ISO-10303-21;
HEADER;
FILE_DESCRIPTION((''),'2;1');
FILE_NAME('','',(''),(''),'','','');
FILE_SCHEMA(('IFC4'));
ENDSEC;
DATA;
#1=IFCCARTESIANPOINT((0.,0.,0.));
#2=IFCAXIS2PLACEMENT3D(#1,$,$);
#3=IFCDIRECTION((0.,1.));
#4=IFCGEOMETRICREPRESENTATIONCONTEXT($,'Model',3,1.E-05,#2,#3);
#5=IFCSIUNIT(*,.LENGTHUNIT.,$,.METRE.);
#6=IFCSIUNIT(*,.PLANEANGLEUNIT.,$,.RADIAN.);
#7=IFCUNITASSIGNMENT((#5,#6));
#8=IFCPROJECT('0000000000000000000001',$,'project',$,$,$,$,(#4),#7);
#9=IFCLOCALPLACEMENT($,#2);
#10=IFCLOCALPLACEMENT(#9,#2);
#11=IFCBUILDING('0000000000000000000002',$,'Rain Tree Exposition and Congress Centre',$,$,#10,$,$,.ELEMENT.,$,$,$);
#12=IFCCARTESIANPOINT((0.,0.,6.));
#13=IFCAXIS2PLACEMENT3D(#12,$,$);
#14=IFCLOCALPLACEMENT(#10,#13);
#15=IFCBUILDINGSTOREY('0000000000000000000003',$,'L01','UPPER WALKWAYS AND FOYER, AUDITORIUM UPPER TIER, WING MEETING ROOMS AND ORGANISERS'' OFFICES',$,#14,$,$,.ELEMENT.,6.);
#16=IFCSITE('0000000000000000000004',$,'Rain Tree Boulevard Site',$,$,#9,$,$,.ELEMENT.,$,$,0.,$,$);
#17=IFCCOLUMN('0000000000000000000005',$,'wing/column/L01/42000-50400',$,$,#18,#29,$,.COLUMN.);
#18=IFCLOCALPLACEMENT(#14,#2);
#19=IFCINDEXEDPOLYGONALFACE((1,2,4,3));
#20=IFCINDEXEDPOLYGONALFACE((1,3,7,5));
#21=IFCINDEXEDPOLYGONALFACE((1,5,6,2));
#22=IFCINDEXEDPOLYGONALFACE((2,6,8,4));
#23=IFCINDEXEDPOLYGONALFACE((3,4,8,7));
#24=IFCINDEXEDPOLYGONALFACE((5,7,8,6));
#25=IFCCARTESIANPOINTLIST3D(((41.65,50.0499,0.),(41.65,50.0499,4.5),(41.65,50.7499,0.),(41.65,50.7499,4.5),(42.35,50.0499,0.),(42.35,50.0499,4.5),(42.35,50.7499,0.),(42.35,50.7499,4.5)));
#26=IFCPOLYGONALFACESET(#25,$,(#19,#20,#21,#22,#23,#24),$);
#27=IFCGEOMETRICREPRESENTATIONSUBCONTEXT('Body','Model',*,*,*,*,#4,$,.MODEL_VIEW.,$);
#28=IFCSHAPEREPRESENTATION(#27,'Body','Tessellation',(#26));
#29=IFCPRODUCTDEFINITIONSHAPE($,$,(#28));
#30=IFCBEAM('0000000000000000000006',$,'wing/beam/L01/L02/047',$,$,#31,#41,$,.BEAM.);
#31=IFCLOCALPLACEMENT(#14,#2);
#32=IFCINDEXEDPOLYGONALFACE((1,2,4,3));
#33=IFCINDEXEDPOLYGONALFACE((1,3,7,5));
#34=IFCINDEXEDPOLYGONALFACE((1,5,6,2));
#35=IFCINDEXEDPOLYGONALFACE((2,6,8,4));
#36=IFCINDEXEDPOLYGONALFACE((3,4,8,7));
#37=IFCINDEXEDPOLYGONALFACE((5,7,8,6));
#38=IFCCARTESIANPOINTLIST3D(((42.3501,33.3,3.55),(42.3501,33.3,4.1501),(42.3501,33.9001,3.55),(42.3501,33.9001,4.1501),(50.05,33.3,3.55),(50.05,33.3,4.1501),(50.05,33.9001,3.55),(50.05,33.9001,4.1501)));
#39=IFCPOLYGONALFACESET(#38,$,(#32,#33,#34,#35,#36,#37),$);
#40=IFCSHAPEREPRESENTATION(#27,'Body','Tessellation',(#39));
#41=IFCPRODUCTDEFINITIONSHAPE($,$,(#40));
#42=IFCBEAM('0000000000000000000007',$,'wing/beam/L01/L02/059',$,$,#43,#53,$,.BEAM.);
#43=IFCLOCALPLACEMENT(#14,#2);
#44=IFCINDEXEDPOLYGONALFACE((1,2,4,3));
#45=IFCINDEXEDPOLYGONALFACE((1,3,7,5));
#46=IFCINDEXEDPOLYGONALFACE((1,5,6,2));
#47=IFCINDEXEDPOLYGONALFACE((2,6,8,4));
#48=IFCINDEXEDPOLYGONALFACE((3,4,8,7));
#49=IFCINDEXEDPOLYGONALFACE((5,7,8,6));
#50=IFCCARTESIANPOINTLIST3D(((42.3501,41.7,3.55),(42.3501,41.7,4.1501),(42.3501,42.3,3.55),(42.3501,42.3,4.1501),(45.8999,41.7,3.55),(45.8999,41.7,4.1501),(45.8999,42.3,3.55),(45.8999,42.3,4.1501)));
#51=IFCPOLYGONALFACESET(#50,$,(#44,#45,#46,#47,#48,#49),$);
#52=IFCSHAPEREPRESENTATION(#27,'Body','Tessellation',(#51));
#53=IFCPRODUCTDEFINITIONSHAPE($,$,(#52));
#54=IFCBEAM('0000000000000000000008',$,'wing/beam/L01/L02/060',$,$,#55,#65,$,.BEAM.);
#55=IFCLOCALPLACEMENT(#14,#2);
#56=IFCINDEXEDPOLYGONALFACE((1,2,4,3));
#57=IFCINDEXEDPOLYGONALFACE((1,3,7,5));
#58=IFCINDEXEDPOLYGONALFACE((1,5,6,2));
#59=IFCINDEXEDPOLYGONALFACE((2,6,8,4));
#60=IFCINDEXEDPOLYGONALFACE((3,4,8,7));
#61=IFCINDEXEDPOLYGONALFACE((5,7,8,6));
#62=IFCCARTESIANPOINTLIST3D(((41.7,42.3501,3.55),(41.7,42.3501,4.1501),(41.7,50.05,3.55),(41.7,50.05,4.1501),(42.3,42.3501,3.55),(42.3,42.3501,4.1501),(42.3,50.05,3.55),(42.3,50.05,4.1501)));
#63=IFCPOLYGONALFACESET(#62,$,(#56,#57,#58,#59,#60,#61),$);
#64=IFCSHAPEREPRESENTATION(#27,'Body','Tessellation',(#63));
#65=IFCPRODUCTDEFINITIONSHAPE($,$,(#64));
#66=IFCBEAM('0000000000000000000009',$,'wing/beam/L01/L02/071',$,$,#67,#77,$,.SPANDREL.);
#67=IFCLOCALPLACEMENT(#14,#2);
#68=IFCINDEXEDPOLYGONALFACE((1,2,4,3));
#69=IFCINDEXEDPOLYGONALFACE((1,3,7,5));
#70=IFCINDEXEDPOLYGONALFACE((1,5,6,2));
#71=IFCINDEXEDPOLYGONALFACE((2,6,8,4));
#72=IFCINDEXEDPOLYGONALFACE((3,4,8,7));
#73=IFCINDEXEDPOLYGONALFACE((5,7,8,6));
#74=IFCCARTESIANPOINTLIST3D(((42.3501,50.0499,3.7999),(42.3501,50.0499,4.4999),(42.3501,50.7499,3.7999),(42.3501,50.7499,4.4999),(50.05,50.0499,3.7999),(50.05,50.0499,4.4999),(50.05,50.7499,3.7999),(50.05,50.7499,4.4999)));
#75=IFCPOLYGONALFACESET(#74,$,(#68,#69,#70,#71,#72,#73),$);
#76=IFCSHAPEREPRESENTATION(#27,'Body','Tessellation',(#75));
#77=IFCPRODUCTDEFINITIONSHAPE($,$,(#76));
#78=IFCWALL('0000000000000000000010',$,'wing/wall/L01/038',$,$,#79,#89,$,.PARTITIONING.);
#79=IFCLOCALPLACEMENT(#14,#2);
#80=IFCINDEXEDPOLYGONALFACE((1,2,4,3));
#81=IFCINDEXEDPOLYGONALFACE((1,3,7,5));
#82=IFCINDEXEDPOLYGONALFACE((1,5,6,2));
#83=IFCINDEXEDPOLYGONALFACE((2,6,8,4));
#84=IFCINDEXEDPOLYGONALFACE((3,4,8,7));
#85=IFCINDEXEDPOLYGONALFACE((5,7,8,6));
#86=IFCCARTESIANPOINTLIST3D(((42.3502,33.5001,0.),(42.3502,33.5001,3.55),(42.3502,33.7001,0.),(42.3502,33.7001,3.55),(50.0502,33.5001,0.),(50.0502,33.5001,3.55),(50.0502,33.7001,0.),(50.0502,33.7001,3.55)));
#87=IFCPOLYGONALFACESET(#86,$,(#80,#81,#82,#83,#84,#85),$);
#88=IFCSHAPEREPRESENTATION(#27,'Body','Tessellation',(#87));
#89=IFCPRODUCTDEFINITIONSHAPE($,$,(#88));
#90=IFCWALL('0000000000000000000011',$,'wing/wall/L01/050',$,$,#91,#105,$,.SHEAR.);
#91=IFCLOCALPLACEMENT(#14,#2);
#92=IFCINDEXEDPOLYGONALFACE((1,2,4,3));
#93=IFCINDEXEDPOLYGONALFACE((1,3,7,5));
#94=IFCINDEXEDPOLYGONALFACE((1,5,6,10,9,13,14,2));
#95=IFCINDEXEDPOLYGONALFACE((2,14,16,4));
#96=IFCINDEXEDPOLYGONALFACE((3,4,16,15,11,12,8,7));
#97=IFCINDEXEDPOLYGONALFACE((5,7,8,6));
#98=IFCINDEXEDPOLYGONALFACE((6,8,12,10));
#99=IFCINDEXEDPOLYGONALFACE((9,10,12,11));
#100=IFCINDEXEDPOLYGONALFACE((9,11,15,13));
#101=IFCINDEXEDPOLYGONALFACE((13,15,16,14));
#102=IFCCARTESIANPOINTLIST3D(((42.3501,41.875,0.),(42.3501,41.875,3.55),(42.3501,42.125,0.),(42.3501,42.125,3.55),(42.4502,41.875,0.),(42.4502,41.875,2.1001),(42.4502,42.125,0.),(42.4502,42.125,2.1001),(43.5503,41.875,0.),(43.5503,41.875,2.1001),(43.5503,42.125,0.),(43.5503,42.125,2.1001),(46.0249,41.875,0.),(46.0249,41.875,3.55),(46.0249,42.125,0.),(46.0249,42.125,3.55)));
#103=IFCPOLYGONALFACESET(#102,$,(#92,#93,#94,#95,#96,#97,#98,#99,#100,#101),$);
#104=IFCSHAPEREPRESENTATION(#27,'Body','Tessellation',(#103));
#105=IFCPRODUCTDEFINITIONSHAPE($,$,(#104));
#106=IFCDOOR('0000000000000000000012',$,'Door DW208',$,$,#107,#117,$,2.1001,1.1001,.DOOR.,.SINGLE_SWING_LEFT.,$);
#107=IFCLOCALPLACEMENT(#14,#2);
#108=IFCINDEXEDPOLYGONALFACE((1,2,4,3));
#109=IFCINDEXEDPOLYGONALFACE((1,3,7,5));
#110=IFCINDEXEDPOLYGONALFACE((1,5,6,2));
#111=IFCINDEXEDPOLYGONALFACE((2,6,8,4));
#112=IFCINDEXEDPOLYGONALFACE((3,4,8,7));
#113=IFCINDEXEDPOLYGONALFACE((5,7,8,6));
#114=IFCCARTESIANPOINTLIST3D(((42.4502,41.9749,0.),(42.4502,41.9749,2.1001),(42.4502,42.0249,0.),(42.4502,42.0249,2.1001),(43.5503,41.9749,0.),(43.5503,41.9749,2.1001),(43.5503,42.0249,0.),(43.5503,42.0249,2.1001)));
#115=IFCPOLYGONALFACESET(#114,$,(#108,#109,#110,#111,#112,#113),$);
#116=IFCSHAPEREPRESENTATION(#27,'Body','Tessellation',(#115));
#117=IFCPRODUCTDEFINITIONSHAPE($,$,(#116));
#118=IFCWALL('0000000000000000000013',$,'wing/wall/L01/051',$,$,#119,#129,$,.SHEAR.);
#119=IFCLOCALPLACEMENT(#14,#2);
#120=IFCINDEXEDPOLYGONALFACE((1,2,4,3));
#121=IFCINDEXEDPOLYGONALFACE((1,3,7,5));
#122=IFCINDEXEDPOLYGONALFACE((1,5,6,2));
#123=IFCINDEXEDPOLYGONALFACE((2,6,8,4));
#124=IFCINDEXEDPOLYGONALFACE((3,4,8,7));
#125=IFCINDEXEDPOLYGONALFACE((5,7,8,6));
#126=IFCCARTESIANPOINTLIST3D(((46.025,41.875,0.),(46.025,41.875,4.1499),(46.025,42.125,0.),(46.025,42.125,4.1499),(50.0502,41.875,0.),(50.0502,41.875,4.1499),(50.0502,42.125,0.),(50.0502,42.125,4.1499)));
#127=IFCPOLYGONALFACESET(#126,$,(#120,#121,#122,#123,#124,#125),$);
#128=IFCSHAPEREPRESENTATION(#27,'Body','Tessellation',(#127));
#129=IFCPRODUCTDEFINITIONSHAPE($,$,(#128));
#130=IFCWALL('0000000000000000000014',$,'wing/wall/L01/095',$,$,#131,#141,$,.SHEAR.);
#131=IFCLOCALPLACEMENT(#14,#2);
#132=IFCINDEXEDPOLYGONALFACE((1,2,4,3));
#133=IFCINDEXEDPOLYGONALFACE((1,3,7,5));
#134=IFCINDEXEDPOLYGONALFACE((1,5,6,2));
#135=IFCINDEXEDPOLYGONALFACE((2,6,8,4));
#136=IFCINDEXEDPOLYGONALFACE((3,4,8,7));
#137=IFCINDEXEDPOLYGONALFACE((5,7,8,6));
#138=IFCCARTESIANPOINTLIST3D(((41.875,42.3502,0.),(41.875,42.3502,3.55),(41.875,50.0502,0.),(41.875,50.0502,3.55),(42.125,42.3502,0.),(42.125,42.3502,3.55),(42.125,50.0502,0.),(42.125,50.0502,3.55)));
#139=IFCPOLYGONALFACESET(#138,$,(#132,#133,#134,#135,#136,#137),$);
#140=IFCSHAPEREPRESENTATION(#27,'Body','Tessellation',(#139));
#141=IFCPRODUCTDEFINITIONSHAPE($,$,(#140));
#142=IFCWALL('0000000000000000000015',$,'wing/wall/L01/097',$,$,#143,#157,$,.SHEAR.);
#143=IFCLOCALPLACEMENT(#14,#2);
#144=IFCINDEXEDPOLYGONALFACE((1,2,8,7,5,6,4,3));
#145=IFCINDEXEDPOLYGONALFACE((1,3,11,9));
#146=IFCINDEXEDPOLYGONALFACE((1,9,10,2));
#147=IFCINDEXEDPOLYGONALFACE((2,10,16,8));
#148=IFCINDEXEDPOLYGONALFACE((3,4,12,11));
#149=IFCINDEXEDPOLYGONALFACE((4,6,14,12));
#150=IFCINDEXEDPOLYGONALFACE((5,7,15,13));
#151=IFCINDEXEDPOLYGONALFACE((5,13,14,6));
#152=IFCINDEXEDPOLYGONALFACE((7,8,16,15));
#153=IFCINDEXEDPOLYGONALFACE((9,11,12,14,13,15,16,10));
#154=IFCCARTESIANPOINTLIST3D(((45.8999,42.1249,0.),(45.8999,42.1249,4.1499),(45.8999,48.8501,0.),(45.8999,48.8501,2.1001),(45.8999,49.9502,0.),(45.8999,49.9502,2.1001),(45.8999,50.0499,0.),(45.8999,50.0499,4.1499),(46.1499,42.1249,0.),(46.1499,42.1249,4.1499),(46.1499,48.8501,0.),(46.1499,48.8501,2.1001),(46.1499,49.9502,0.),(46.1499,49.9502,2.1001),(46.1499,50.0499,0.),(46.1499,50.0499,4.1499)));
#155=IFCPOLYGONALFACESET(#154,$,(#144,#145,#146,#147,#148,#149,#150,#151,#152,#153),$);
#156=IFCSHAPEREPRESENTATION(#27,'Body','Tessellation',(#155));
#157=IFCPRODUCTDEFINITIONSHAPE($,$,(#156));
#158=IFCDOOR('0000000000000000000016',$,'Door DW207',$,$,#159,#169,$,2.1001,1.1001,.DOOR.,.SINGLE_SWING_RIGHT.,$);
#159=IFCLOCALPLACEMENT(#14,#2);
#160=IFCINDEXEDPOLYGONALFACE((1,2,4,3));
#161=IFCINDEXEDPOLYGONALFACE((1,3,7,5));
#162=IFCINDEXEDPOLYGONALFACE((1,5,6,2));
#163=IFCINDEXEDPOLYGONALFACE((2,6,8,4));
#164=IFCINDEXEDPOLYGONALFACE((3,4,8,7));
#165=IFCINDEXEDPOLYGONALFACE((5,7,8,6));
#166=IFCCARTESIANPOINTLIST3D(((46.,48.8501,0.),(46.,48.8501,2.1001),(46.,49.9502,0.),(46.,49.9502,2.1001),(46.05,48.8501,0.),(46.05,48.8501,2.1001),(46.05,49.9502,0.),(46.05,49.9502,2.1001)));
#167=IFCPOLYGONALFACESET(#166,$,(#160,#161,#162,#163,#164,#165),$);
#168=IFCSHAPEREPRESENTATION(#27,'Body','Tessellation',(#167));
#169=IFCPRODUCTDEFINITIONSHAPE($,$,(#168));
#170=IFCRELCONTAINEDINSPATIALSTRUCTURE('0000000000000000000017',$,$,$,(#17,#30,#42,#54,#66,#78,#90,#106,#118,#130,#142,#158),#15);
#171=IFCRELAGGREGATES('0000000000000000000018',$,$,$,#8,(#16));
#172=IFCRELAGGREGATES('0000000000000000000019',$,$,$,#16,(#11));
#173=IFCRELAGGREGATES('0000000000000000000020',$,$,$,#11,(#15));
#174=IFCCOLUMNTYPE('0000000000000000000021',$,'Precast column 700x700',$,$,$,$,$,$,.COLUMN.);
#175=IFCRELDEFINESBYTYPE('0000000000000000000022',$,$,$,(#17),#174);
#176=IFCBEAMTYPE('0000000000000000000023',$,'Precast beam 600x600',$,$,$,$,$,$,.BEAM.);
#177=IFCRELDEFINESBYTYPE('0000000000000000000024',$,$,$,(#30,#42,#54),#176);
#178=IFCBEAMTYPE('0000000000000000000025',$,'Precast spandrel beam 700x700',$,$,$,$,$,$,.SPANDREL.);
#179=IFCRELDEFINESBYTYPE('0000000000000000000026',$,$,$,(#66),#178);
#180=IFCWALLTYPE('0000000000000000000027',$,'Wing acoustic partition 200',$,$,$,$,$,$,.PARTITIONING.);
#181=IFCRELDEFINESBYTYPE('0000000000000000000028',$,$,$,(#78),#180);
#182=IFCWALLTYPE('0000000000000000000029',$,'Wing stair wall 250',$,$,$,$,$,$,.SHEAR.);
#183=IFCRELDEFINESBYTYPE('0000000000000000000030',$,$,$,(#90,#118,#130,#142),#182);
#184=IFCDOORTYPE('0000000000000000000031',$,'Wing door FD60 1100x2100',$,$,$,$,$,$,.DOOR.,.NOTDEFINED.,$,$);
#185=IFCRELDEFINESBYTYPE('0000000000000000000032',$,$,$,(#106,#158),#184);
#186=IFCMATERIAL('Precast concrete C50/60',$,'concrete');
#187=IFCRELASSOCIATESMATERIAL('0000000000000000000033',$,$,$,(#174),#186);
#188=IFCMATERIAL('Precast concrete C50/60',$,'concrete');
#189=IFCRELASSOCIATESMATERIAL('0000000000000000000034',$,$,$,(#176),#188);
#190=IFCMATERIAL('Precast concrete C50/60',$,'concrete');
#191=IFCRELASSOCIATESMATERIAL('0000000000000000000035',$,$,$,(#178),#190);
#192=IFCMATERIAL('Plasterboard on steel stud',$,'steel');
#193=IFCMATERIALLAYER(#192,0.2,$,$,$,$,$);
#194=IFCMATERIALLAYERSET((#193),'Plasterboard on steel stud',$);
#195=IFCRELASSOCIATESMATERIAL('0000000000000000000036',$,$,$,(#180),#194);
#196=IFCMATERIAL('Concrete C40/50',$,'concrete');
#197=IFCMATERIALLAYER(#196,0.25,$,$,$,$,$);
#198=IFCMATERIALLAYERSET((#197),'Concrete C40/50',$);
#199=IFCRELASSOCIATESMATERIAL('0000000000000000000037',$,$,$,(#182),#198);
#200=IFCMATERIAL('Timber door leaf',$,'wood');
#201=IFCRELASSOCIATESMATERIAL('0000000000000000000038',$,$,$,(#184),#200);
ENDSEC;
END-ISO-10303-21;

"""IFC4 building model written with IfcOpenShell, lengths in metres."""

from ifc_helpers import new_model, si_unit, direction, frame, frame_2d, origin, origin_2d, place, context, subcontext, project, spatial, rectangle, extrude, material, layer, layer_set, material_profile, profile_set, type_object, element, fill, save


model = new_model("IFC4")

# Units and contexts
model_context = context("Model", 3, precision=1e-05, world=origin(), true_north=direction((0.0, 1.0)))
body_context = subcontext(model_context, "Body", "Model", "MODEL_VIEW")
ifc_project = project(units=[si_unit("LENGTHUNIT", "METRE"), si_unit("PLANEANGLEUNIT", "RADIAN")], contexts=[model_context])

# Site, building, storey
site_placement = place(None, origin())
site = spatial("IfcSite", under=ifc_project, at=site_placement, Name="Rain Tree Boulevard Site", CompositionType="ELEMENT", RefElevation=0.0)
building_placement = place(site_placement, origin())
building = spatial("IfcBuilding", under=site, at=building_placement, Name="Rain Tree Exposition and Congress Centre", CompositionType="ELEMENT")
storey_placement = place(building_placement, frame((0.0, 0.0, 6.0)))
storey = spatial("IfcBuildingStorey", under=building, at=storey_placement, Name="L01", Description="UPPER WALKWAYS AND FOYER, AUDITORIUM UPPER TIER, WING MEETING ROOMS AND ORGANISERS' OFFICES", CompositionType="ELEMENT", Elevation=6.0)

# Column
ifc_material_1 = material(Name="Precast concrete C50/60", Category="concrete")
ifc_material_profile_1 = material_profile(ifc_material_1, rectangle(XDim=0.7, YDim=0.7, at=origin_2d()), Name="RC 700x700")
ifc_profile_set_1 = profile_set([ifc_material_profile_1], Name="Precast concrete C50/60")
column_type = type_object("IfcColumnType", Name="Precast column 700x700", PredefinedType="COLUMN", material=ifc_profile_set_1)
column_placement = place(storey_placement, frame((42.0, 50.3999, 0.0), z_axis=(0.0, 0.0, 1.0), x_axis=(1.0, 0.0, 0.0)))
element("IfcColumn", 1, at=column_placement, inside=storey, type_object=column_type, Name="wing/column/L01/42000-50400", PredefinedType="COLUMN", context=body_context, shape_type="SweptSolid", body=[
    extrude(rectangle(XDim=0.7, YDim=0.7, at=origin_2d()), origin(), (0.0, 0.0, 1.0), 4.5),
])

# Beams
ifc_material_2 = material(Name="Precast concrete C50/60", Category="concrete")
ifc_material_profile_2 = material_profile(ifc_material_2, rectangle(XDim=0.6001, YDim=0.6001, at=origin_2d()), Name="RC 600x600")
ifc_profile_set_2 = profile_set([ifc_material_profile_2], Name="Precast concrete C50/60")
beam_type_1 = type_object("IfcBeamType", Name="Precast beam 600x600", PredefinedType="BEAM", material=ifc_profile_set_2)
beam_1_placement = place(storey_placement, frame((42.3501, 33.6001, 3.8501), z_axis=(1.0, 0.0, 0.0), x_axis=(0.0, 1.0, 0.0)))
element("IfcBeam", 2, at=beam_1_placement, inside=storey, type_object=beam_type_1, Name="wing/beam/L01/L02/047", PredefinedType="BEAM", context=body_context, shape_type="SweptSolid", body=[
    extrude(rectangle(XDim=0.6001, YDim=0.6001, at=origin_2d()), origin(), (0.0, 0.0, 1.0), 7.7),
])
beam_2_placement = place(storey_placement, frame((42.3501, 42.0, 3.8501), z_axis=(1.0, 0.0, 0.0), x_axis=(0.0, 1.0, 0.0)))
element("IfcBeam", 3, at=beam_2_placement, inside=storey, type_object=beam_type_1, Name="wing/beam/L01/L02/059", PredefinedType="BEAM", context=body_context, shape_type="SweptSolid", body=[
    extrude(rectangle(XDim=0.6001, YDim=0.6001, at=origin_2d()), origin(), (0.0, 0.0, 1.0), 3.5498),
])
beam_3_placement = place(storey_placement, frame((42.0, 42.3501, 3.8501), z_axis=(0.0, 1.0, 0.0), x_axis=(-1.0, 0.0, 0.0)))
element("IfcBeam", 4, at=beam_3_placement, inside=storey, type_object=beam_type_1, Name="wing/beam/L01/L02/060", PredefinedType="BEAM", context=body_context, shape_type="SweptSolid", body=[
    extrude(rectangle(XDim=0.6001, YDim=0.6001, at=origin_2d()), origin(), (0.0, 0.0, 1.0), 7.7),
])
ifc_material_3 = material(Name="Precast concrete C50/60", Category="concrete")
ifc_material_profile_3 = material_profile(ifc_material_3, rectangle(XDim=0.7, YDim=0.7, at=origin_2d()), Name="RC 700x700")
ifc_profile_set_3 = profile_set([ifc_material_profile_3], Name="Precast concrete C50/60")
beam_type_2 = type_object("IfcBeamType", Name="Precast spandrel beam 700x700", PredefinedType="SPANDREL", material=ifc_profile_set_3)
beam_4_placement = place(storey_placement, frame((42.3501, 50.3999, 4.1499), z_axis=(1.0, 0.0, 0.0), x_axis=(0.0, 1.0, 0.0)))
element("IfcBeam", 5, at=beam_4_placement, inside=storey, type_object=beam_type_2, Name="wing/beam/L01/L02/071", PredefinedType="SPANDREL", context=body_context, shape_type="SweptSolid", body=[
    extrude(rectangle(XDim=0.7, YDim=0.7, at=origin_2d()), origin(), (0.0, 0.0, 1.0), 7.7),
])

# Wall
ifc_material_4 = material(Name="Plasterboard on steel stud", Category="steel")
ifc_layer_1 = layer(ifc_material_4, 0.2)
ifc_layer_set_1 = layer_set([ifc_layer_1], Name="Plasterboard on steel stud")
wall_type_1 = type_object("IfcWallType", Name="Wing acoustic partition 200", PredefinedType="PARTITIONING", material=ifc_layer_set_1)
wall_1_placement = place(storey_placement, frame((42.3501, 33.6001, 0.0), z_axis=(0.0, 0.0, 1.0), x_axis=(1.0, 0.0, 0.0)))
element("IfcWall", 6, at=wall_1_placement, inside=storey, type_object=wall_type_1, Name="wing/wall/L01/038", PredefinedType="PARTITIONING", context=body_context, shape_type="SweptSolid", body=[
    extrude(rectangle(XDim=7.7, YDim=0.2, at=frame_2d((3.8501, 0.0))), origin(), (0.0, 0.0, 1.0), 3.55),
])

# Wall, opening, door
ifc_material_5 = material(Name="Concrete C40/50", Category="concrete")
ifc_layer_2 = layer(ifc_material_5, 0.25)
ifc_layer_set_2 = layer_set([ifc_layer_2], Name="Concrete C40/50")
wall_type_2 = type_object("IfcWallType", Name="Wing stair wall 250", PredefinedType="SHEAR", material=ifc_layer_set_2)
wall_2_placement = place(storey_placement, frame((42.3501, 42.0, 0.0), z_axis=(0.0, 0.0, 1.0), x_axis=(1.0, 0.0, 0.0)))
wall_2 = element("IfcWall", 7, at=wall_2_placement, inside=storey, type_object=wall_type_2, Name="wing/wall/L01/050", PredefinedType="SHEAR", context=body_context, shape_type="SweptSolid", body=[
    extrude(rectangle(XDim=3.6748, YDim=0.25, at=frame_2d((1.8374, 0.0))), origin(), (0.0, 0.0, 1.0), 3.55),
])
opening_1_placement = place(wall_2_placement, frame((0.1001, 0.0, 0.0)))
opening_1 = element("IfcOpeningElement", 8, at=opening_1_placement, cuts=wall_2, PredefinedType="OPENING", context=body_context, shape_type="SweptSolid", body=[
    extrude(rectangle(XDim=1.1001, YDim=2.1001, at=frame_2d((0.55, 1.05))), frame((0.0, 0.125, 0.0), z_axis=(0.0, -1.0, 0.0), x_axis=(1.0, 0.0, 0.0)), (0.0, 0.0, 1.0), 0.25),
])
ifc_material_6 = material(Name="Timber door leaf", Category="wood")
door_type = type_object("IfcDoorType", Name="Wing door FD60 1100x2100", OperationType="NOTDEFINED", PredefinedType="DOOR", material=ifc_material_6)
door_1_placement = place(opening_1_placement, origin())
door_1 = element("IfcDoor", 9, at=door_1_placement, inside=storey, type_object=door_type, Name="Door DW208", OperationType="SINGLE_SWING_LEFT", OverallHeight=2.1001, OverallWidth=1.1001, PredefinedType="DOOR", context=body_context, shape_type="SweptSolid", body=[
    extrude(rectangle(XDim=1.1001, YDim=2.1001, at=frame_2d((0.55, 1.05))), frame((0.0, 0.0249, 0.0), z_axis=(0.0, -1.0, 0.0), x_axis=(1.0, 0.0, 0.0)), (0.0, 0.0, 1.0), 0.05),
])
fill(opening_1, door_1)

# Walls
wall_3_placement = place(storey_placement, frame((46.0249, 42.0, 0.0), z_axis=(0.0, 0.0, 1.0), x_axis=(1.0, 0.0, 0.0)))
element("IfcWall", 10, at=wall_3_placement, inside=storey, type_object=wall_type_2, Name="wing/wall/L01/051", PredefinedType="SHEAR", context=body_context, shape_type="SweptSolid", body=[
    extrude(rectangle(XDim=4.0251, YDim=0.25, at=frame_2d((2.0127, 0.0))), origin(), (0.0, 0.0, 1.0), 4.1499),
])
wall_4_placement = place(storey_placement, frame((42.0, 42.3501, 0.0), z_axis=(0.0, 0.0, 1.0), x_axis=(0.0, 1.0, 0.0)))
element("IfcWall", 11, at=wall_4_placement, inside=storey, type_object=wall_type_2, Name="wing/wall/L01/095", PredefinedType="SHEAR", context=body_context, shape_type="SweptSolid", body=[
    extrude(rectangle(XDim=7.7, YDim=0.25, at=frame_2d((3.8501, 0.0))), origin(), (0.0, 0.0, 1.0), 3.55),
])

# Wall, opening, door
wall_5_placement = place(storey_placement, frame((46.0249, 42.125, 0.0), z_axis=(0.0, 0.0, 1.0), x_axis=(0.0, 1.0, 0.0)))
wall_5 = element("IfcWall", 12, at=wall_5_placement, inside=storey, type_object=wall_type_2, Name="wing/wall/L01/097", PredefinedType="SHEAR", context=body_context, shape_type="SweptSolid", body=[
    extrude(rectangle(XDim=7.925, YDim=0.25, at=frame_2d((3.9624, 0.0))), origin(), (0.0, 0.0, 1.0), 4.1499),
])
opening_2_placement = place(wall_5_placement, frame((6.7251, 0.0, 0.0)))
opening_2 = element("IfcOpeningElement", 13, at=opening_2_placement, cuts=wall_5, PredefinedType="OPENING", context=body_context, shape_type="SweptSolid", body=[
    extrude(rectangle(XDim=1.1001, YDim=2.1001, at=frame_2d((0.55, 1.05))), frame((0.0, 0.125, 0.0), z_axis=(0.0, -1.0, 0.0), x_axis=(1.0, 0.0, 0.0)), (0.0, 0.0, 1.0), 0.25),
])
door_2_placement = place(opening_2_placement, origin())
door_2 = element("IfcDoor", 14, at=door_2_placement, inside=storey, type_object=door_type, Name="Door DW207", OperationType="SINGLE_SWING_RIGHT", OverallHeight=2.1001, OverallWidth=1.1001, PredefinedType="DOOR", context=body_context, shape_type="SweptSolid", body=[
    extrude(rectangle(XDim=1.1001, YDim=2.1001, at=frame_2d((0.55, 1.05))), frame((0.0, 0.0249, 0.0), z_axis=(0.0, -1.0, 0.0), x_axis=(1.0, 0.0, 0.0)), (0.0, 0.0, 1.0), 0.05),
])
fill(opening_2, door_2)

save(model, "model.ifc")
